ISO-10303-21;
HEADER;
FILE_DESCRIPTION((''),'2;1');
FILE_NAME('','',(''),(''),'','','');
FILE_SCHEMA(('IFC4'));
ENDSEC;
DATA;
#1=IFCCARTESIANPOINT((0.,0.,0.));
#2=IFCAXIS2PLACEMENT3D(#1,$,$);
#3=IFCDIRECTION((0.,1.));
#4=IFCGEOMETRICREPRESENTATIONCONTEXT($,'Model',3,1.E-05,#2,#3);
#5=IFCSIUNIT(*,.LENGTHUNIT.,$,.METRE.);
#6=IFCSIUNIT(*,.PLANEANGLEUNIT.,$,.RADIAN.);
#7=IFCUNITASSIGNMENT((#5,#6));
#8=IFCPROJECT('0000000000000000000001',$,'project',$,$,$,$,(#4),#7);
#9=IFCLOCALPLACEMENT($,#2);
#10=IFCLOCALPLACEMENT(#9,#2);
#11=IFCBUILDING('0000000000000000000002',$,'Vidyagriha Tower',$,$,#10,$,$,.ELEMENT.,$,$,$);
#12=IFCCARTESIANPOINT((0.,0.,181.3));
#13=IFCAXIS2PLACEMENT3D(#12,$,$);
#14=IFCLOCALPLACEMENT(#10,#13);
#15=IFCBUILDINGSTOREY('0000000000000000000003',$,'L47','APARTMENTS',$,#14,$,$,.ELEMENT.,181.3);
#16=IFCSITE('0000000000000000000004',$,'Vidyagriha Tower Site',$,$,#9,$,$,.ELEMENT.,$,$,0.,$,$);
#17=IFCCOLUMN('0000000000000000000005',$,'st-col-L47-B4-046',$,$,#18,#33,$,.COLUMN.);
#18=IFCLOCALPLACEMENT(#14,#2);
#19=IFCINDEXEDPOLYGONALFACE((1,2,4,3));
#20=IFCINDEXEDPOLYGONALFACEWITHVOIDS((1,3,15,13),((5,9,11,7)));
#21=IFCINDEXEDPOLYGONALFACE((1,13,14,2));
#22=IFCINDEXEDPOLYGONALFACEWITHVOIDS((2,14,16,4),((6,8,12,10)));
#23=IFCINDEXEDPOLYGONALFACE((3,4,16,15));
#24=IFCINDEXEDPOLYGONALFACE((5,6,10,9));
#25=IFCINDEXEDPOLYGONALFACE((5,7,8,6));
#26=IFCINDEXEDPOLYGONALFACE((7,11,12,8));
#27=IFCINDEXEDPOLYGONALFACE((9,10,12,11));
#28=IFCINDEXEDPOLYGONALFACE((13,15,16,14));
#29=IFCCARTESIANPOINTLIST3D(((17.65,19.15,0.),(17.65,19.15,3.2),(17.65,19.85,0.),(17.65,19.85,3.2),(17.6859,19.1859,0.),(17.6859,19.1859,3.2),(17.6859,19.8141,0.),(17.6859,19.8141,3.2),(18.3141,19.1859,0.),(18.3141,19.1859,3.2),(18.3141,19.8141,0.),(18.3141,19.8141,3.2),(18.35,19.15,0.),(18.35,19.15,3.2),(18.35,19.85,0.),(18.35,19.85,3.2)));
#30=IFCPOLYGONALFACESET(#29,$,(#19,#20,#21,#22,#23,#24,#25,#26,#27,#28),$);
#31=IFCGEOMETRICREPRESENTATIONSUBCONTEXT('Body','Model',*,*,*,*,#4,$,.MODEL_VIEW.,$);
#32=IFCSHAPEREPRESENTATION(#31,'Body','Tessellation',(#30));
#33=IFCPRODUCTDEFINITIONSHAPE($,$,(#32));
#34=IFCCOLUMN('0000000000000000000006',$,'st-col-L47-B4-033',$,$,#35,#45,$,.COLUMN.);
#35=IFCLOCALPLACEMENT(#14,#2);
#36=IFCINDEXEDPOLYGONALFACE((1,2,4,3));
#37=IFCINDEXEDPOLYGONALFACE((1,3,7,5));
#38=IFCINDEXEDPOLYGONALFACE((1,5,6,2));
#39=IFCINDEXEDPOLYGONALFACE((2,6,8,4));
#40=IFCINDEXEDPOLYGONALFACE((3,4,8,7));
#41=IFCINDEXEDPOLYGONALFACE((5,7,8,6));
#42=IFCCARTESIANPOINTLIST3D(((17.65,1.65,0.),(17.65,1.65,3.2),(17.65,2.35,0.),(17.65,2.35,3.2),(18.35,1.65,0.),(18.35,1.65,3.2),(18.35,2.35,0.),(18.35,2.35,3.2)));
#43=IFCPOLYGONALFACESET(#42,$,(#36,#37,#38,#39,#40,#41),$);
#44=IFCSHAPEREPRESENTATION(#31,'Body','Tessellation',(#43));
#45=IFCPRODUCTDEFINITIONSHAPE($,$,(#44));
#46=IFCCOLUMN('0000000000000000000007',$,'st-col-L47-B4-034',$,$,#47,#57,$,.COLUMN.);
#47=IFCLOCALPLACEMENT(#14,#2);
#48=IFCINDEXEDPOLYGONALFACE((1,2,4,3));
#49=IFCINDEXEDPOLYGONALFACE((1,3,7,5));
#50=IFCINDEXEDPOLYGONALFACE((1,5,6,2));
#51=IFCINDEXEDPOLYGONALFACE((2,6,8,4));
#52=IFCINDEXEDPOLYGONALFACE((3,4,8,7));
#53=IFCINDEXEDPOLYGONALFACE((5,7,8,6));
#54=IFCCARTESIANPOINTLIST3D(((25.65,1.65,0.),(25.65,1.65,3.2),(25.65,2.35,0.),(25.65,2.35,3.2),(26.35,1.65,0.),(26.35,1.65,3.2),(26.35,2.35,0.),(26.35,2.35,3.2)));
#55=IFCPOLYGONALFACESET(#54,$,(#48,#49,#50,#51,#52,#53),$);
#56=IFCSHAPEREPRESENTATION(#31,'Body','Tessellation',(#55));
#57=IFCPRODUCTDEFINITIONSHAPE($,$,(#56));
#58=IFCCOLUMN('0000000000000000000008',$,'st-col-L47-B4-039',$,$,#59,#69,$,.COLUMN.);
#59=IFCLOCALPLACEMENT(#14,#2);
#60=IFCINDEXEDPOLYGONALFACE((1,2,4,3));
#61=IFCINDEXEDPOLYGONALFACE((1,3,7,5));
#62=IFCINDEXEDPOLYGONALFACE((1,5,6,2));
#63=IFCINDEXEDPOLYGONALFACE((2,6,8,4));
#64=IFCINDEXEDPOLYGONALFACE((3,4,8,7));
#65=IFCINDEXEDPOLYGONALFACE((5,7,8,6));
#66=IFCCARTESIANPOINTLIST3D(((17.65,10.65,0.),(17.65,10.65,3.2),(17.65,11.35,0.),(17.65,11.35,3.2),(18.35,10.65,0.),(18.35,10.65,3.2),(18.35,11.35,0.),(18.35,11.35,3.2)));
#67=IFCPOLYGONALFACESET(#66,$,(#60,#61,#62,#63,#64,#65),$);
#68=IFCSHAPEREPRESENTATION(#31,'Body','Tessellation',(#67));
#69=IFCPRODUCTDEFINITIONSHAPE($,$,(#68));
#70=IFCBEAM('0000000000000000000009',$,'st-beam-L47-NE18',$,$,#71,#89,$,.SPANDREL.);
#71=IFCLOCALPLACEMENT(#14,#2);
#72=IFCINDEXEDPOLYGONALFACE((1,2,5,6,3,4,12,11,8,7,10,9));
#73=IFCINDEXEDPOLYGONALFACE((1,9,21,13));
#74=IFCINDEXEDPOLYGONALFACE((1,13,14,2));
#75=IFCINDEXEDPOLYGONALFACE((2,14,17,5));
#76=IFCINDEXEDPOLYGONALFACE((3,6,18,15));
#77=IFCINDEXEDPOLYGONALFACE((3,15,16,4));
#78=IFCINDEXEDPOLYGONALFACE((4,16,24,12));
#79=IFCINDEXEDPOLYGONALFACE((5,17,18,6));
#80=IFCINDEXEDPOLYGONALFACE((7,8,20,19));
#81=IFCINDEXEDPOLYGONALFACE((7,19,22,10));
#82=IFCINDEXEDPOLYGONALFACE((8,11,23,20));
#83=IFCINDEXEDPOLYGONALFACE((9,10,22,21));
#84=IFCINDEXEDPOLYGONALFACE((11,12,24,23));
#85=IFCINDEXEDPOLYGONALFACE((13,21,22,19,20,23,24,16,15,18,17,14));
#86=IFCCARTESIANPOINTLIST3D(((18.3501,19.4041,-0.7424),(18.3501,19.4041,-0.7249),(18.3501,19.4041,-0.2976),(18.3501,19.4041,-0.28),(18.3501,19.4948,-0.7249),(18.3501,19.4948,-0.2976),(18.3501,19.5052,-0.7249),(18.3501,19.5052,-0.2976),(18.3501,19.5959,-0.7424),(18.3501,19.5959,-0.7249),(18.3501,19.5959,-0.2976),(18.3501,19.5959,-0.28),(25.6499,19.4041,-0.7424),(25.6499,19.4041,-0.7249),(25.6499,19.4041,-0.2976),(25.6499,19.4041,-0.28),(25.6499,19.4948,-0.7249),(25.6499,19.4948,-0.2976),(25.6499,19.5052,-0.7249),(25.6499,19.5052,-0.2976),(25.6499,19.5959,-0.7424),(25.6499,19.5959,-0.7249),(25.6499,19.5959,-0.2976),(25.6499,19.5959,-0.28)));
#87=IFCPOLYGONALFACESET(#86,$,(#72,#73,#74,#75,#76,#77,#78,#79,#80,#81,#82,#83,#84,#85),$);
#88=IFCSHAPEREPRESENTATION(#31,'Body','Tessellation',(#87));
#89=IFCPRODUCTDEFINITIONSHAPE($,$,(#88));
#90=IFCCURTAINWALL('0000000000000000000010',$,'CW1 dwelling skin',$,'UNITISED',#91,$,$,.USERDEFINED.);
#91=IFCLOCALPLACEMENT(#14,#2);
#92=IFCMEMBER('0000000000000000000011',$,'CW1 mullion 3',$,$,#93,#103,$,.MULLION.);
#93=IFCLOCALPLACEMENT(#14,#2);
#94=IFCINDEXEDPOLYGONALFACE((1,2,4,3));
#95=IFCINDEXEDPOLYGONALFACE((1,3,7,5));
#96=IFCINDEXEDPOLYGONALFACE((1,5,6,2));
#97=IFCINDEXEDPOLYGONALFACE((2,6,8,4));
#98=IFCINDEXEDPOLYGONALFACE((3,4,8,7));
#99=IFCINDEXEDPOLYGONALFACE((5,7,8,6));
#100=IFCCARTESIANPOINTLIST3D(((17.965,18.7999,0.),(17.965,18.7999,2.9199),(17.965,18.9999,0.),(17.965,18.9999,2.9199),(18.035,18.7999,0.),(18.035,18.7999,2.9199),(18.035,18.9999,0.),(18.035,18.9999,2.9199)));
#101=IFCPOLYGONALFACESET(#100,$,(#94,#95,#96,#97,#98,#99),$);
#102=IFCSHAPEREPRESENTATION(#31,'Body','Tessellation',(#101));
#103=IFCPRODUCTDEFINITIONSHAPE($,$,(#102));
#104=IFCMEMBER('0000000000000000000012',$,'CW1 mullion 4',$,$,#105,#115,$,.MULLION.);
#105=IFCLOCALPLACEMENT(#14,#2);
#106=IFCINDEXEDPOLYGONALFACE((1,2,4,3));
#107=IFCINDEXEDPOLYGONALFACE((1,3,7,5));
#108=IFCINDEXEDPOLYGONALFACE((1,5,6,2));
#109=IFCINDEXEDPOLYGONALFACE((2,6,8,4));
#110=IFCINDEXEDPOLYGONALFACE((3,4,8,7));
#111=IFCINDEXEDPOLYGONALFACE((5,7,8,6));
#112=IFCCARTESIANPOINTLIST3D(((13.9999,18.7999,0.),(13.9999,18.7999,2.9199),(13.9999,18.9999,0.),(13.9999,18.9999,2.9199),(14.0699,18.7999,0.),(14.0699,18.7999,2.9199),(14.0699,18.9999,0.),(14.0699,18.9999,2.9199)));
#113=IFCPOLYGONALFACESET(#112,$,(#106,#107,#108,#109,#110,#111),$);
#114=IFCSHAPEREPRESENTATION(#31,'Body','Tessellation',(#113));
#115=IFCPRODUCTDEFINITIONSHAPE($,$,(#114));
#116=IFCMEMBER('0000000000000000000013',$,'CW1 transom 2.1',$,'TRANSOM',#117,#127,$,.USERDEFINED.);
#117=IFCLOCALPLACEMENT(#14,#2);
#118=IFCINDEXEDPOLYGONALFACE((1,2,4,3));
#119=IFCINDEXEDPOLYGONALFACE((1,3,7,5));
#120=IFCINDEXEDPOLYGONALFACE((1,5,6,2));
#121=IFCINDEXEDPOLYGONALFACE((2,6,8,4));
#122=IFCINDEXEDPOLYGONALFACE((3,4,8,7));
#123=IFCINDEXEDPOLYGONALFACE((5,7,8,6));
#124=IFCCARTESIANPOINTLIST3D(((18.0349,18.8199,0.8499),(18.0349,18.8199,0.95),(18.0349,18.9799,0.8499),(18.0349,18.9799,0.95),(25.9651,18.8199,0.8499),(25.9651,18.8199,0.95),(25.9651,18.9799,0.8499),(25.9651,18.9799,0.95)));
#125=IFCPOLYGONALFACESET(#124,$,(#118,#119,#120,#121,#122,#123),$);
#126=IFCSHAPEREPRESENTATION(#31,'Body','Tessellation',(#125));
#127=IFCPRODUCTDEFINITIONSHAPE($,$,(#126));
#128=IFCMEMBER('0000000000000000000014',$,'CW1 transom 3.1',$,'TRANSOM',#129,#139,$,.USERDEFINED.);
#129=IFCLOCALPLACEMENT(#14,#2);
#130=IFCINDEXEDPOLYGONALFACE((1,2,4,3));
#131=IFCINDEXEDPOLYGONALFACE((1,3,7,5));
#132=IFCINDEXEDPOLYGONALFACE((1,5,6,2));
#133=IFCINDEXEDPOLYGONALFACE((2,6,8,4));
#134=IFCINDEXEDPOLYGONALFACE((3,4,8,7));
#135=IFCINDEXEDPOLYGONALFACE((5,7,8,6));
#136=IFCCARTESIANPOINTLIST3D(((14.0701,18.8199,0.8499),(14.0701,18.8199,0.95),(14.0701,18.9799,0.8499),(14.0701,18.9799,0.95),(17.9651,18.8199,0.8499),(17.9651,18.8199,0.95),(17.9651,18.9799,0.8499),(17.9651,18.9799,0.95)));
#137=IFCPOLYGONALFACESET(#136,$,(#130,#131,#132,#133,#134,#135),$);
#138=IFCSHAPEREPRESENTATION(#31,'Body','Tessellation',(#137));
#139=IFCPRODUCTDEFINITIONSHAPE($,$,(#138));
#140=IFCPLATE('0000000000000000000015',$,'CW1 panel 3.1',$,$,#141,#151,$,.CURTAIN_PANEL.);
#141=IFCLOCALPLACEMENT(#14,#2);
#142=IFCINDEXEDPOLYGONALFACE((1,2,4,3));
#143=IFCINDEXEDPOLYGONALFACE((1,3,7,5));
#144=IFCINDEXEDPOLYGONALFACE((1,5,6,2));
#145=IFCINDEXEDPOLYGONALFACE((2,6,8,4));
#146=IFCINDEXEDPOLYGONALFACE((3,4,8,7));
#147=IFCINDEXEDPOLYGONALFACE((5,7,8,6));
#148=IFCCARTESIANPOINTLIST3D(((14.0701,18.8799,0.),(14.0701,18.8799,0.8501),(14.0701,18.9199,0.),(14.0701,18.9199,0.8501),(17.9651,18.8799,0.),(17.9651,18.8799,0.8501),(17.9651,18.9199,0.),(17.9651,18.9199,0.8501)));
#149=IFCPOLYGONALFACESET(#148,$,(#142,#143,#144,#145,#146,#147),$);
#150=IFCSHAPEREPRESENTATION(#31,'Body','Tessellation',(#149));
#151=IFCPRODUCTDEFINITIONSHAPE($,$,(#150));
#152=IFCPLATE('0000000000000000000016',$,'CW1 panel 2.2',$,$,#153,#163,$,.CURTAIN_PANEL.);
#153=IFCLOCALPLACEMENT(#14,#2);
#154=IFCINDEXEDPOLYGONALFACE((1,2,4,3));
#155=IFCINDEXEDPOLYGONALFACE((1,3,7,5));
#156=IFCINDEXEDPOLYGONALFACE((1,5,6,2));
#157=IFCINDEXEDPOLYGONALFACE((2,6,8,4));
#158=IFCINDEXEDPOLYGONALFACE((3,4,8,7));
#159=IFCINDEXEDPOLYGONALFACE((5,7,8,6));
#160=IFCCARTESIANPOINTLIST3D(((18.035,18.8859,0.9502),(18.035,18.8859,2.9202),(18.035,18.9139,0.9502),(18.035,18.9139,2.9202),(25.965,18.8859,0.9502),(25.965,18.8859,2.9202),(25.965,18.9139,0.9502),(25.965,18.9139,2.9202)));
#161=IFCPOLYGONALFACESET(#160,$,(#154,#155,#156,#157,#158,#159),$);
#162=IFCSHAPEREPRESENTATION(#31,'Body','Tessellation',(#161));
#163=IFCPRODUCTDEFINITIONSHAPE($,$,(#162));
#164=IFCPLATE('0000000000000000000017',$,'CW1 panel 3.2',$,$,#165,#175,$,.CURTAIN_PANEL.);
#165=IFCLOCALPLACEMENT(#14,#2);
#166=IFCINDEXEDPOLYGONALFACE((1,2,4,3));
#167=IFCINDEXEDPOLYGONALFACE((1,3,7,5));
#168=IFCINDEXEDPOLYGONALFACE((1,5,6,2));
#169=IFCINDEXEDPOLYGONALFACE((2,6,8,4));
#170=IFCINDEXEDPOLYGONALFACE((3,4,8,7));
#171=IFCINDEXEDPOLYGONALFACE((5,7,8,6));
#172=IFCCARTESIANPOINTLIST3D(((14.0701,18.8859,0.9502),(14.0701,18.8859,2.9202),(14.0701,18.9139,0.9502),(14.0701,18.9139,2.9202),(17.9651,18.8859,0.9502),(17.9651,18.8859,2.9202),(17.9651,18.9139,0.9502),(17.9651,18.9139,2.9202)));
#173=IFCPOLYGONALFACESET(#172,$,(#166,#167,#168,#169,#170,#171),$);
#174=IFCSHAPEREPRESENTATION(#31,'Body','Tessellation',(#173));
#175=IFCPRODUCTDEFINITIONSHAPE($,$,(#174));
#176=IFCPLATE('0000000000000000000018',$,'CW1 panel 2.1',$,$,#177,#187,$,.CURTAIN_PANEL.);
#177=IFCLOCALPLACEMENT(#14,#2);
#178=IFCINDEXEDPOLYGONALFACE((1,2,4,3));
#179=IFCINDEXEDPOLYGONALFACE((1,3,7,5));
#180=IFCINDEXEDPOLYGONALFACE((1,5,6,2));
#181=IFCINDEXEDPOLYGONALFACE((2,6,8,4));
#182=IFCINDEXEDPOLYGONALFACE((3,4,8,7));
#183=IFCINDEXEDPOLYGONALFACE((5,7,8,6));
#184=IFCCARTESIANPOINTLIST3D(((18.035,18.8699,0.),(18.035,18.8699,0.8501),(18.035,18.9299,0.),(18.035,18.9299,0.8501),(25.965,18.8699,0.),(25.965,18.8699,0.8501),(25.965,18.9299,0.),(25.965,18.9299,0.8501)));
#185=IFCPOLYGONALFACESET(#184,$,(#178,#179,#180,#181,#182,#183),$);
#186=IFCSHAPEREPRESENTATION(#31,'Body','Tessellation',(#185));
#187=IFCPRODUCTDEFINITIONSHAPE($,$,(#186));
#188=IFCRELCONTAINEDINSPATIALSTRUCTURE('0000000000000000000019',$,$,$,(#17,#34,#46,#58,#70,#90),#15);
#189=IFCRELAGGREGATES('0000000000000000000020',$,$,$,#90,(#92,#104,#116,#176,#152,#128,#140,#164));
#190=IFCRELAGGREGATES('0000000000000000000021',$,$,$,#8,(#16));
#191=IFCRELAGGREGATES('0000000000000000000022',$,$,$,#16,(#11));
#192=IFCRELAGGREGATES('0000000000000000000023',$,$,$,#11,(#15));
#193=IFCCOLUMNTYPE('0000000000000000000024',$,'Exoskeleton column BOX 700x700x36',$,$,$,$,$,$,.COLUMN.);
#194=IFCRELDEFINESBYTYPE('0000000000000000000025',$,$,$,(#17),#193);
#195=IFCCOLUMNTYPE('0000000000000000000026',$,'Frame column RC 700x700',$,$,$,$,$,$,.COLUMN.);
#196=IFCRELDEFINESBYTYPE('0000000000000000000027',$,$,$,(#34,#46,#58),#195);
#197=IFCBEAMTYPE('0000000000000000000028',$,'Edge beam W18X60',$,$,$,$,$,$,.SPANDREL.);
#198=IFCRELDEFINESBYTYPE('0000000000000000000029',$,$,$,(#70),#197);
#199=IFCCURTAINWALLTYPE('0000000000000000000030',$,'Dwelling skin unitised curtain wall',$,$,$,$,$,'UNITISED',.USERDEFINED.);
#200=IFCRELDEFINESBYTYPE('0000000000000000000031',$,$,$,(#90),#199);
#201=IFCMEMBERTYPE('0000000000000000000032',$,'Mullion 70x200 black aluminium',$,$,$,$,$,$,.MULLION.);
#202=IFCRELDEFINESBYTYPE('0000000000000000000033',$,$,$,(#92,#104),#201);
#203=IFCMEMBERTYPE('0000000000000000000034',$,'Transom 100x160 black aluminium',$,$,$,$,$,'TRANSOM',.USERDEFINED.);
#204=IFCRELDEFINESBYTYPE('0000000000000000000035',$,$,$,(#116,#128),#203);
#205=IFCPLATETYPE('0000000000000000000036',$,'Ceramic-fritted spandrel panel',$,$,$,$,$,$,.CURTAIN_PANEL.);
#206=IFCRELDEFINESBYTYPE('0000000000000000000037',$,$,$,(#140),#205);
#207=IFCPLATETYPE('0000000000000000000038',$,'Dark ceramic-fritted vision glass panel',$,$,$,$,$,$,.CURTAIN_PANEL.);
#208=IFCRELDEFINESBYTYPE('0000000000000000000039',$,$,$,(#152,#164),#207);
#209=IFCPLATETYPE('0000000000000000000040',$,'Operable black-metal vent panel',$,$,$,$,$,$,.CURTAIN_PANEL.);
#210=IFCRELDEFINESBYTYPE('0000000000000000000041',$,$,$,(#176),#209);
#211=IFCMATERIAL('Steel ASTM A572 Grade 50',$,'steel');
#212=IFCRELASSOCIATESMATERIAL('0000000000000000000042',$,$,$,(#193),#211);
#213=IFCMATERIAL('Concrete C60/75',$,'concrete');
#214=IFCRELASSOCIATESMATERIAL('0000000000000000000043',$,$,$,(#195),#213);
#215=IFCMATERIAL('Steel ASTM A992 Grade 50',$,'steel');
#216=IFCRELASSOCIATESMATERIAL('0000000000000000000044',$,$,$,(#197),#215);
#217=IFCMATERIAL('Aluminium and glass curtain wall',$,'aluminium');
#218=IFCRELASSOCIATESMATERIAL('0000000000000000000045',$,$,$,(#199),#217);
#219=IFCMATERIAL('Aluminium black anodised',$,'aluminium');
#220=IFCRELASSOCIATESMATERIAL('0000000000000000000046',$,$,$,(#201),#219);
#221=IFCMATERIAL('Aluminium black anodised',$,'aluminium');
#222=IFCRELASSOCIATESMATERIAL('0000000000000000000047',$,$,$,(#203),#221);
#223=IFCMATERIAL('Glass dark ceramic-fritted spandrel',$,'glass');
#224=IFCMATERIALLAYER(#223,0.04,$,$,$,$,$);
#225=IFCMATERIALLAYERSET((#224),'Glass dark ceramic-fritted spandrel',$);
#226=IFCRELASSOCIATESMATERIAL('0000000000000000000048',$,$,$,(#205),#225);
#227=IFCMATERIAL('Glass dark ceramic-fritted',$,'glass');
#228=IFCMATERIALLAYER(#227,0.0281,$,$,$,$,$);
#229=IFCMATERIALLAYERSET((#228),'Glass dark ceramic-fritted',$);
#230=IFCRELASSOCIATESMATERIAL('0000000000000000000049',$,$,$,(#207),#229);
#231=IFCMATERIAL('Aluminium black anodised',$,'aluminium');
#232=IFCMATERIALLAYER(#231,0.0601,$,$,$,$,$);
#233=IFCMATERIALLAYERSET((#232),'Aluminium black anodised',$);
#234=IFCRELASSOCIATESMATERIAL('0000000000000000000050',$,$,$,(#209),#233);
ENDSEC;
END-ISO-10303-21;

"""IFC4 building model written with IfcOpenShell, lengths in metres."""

from ifc_helpers import new_model, si_unit, direction, frame, origin, origin_2d, place, context, subcontext, project, spatial, rectangle, hollow_rectangle, i_section, extrude, material, layer, layer_set, material_profile, profile_set, type_object, element, aggregate, save


model = new_model("IFC4")

# Units and contexts
model_context = context("Model", 3, precision=1e-05, world=origin(), true_north=direction((0.0, 1.0)))
body_context = subcontext(model_context, "Body", "Model", "MODEL_VIEW")
ifc_project = project(units=[si_unit("LENGTHUNIT", "METRE"), si_unit("PLANEANGLEUNIT", "RADIAN")], contexts=[model_context])

# Site, building, storey
site_placement = place(None, origin())
site = spatial("IfcSite", under=ifc_project, at=site_placement, Name="Vidyagriha Tower Site", CompositionType="ELEMENT", RefElevation=0.0)
building_placement = place(site_placement, origin())
building = spatial("IfcBuilding", under=site, at=building_placement, Name="Vidyagriha Tower", CompositionType="ELEMENT")
storey_placement = place(building_placement, frame((0.0, 0.0, 181.3)))
storey = spatial("IfcBuildingStorey", under=building, at=storey_placement, Name="L47", Description="APARTMENTS", CompositionType="ELEMENT", Elevation=181.3)

# Columns
ifc_material_1 = material(Name="Steel ASTM A572 Grade 50", Category="steel")
ifc_material_profile_1 = material_profile(ifc_material_1, hollow_rectangle(XDim=0.7, YDim=0.7, WallThickness=0.0359, at=origin_2d()), Name="BOX 700x700x36")
ifc_profile_set_1 = profile_set([ifc_material_profile_1], Name="Steel ASTM A572 Grade 50")
column_type_1 = type_object("IfcColumnType", Name="Exoskeleton column BOX 700x700x36", PredefinedType="COLUMN", material=ifc_profile_set_1)
column_placement = place(storey_placement, frame((18.0, 19.5, 0.0)))
element("IfcColumn", 1, at=column_placement, inside=storey, type_object=column_type_1, Name="st-col-L47-B4-046", PredefinedType="COLUMN", context=body_context, shape_type="SweptSolid", body=[
    extrude(hollow_rectangle(XDim=0.7, YDim=0.7, WallThickness=0.0359, at=origin_2d()), origin(), (0.0, 0.0, 1.0), 3.2),
])
ifc_material_2 = material(Name="Concrete C60/75", Category="concrete")
ifc_material_profile_2 = material_profile(ifc_material_2, rectangle(XDim=0.7, YDim=0.7, at=origin_2d()), Name="RC 700x700")
ifc_profile_set_2 = profile_set([ifc_material_profile_2], Name="Concrete C60/75")
column_type_2 = type_object("IfcColumnType", Name="Frame column RC 700x700", PredefinedType="COLUMN", material=ifc_profile_set_2)
for number, where, name in (
    (2, (18.0, 2.0, 0.0), "st-col-L47-B4-033"),
    (3, (26.0, 2.0, 0.0), "st-col-L47-B4-034"),
    (4, (18.0, 11.0, 0.0), "st-col-L47-B4-039"),
):
    element("IfcColumn", number, at=place(storey_placement, frame(where)), inside=storey, type_object=column_type_2, Name=name, PredefinedType="COLUMN", context=body_context, shape_type="SweptSolid", body=[
        extrude(rectangle(XDim=0.7, YDim=0.7, at=origin_2d()), origin(), (0.0, 0.0, 1.0), 3.2),
    ])

# Beam
ifc_material_3 = material(Name="Steel ASTM A992 Grade 50", Category="steel")
ifc_material_profile_3 = material_profile(ifc_material_3, i_section(OverallWidth=0.1919, OverallDepth=0.4624, WebThickness=0.0105, FlangeThickness=0.0176, at=origin_2d()), Name="W18X60")
ifc_profile_set_3 = profile_set([ifc_material_profile_3], Name="Steel ASTM A992 Grade 50")
beam_type = type_object("IfcBeamType", Name="Edge beam W18X60", PredefinedType="SPANDREL", material=ifc_profile_set_3)
beam_placement = place(storey_placement, frame((18.3501, 19.5, -0.5112), z_axis=(1.0, 0.0, 0.0), x_axis=(0.0, 1.0, 0.0)))
element("IfcBeam", 5, at=beam_placement, inside=storey, type_object=beam_type, Name="st-beam-L47-NE18", PredefinedType="SPANDREL", context=body_context, shape_type="SweptSolid", body=[
    extrude(i_section(OverallWidth=0.1919, OverallDepth=0.4624, WebThickness=0.0105, FlangeThickness=0.0176, at=origin_2d()), origin(), (0.0, 0.0, 1.0), 7.2998),
])

# Curtain wall, members, plates
ifc_material_4 = material(Name="Aluminium and glass curtain wall", Category="aluminium")
curtain_wall_type = type_object("IfcCurtainWallType", Name="Dwelling skin unitised curtain wall", ElementType="UNITISED", PredefinedType="USERDEFINED", material=ifc_material_4)
curtain_wall_placement = place(storey_placement, origin())
curtain_wall = element("IfcCurtainWall", 6, at=curtain_wall_placement, inside=storey, type_object=curtain_wall_type, Name="CW1 dwelling skin", ObjectType="UNITISED", PredefinedType="USERDEFINED")
ifc_material_5 = material(Name="Aluminium black anodised", Category="aluminium")
ifc_material_profile_4 = material_profile(ifc_material_5, rectangle(XDim=0.2, YDim=0.0701, at=origin_2d()), Name="Mullion 70x200 black aluminium")
ifc_profile_set_4 = profile_set([ifc_material_profile_4], Name="Aluminium black anodised")
member_type_1 = type_object("IfcMemberType", Name="Mullion 70x200 black aluminium", PredefinedType="MULLION", material=ifc_profile_set_4)
member_1_placement = place(storey_placement, frame((18.0, 18.8999, 0.0), z_axis=(0.0, 0.0, 1.0), x_axis=(0.0, -1.0, 0.0)))
member_1 = element("IfcMember", 7, at=member_1_placement, type_object=member_type_1, Name="CW1 mullion 3", PredefinedType="MULLION", context=body_context, shape_type="SweptSolid", body=[
    extrude(rectangle(XDim=0.2, YDim=0.0701, at=origin_2d()), origin(), (0.0, 0.0, 1.0), 2.9199),
])
member_2_placement = place(storey_placement, frame((14.0349, 18.8999, 0.0), z_axis=(0.0, 0.0, 1.0), x_axis=(0.0, -1.0, 0.0)))
member_2 = element("IfcMember", 8, at=member_2_placement, type_object=member_type_1, Name="CW1 mullion 4", PredefinedType="MULLION", context=body_context, shape_type="SweptSolid", body=[
    extrude(rectangle(XDim=0.2, YDim=0.0701, at=origin_2d()), origin(), (0.0, 0.0, 1.0), 2.9199),
])
ifc_material_6 = material(Name="Aluminium black anodised", Category="aluminium")
ifc_material_profile_5 = material_profile(ifc_material_6, rectangle(XDim=0.1599, YDim=0.1001, at=origin_2d()), Name="Transom 100x160 black aluminium")
ifc_profile_set_5 = profile_set([ifc_material_profile_5], Name="Aluminium black anodised")
member_type_2 = type_object("IfcMemberType", Name="Transom 100x160 black aluminium", ElementType="TRANSOM", PredefinedType="USERDEFINED", material=ifc_profile_set_5)
member_3_placement = place(storey_placement, frame((25.9651, 18.8999, 0.8999), z_axis=(-1.0, 0.0, 0.0), x_axis=(0.0, -1.0, 0.0)))
member_3 = element("IfcMember", 9, at=member_3_placement, type_object=member_type_2, Name="CW1 transom 2.1", ObjectType="TRANSOM", PredefinedType="USERDEFINED", context=body_context, shape_type="SweptSolid", body=[
    extrude(rectangle(XDim=0.1599, YDim=0.1001, at=origin_2d()), origin(), (0.0, 0.0, 1.0), 7.9302),
])
member_4_placement = place(storey_placement, frame((17.9651, 18.8999, 0.8999), z_axis=(-1.0, 0.0, 0.0), x_axis=(0.0, -1.0, 0.0)))
member_4 = element("IfcMember", 10, at=member_4_placement, type_object=member_type_2, Name="CW1 transom 3.1", ObjectType="TRANSOM", PredefinedType="USERDEFINED", context=body_context, shape_type="SweptSolid", body=[
    extrude(rectangle(XDim=0.1599, YDim=0.1001, at=origin_2d()), origin(), (0.0, 0.0, 1.0), 3.895),
])
ifc_material_7 = material(Name="Glass dark ceramic-fritted spandrel", Category="glass")
ifc_layer_1 = layer(ifc_material_7, 0.04)
ifc_layer_set_1 = layer_set([ifc_layer_1], Name="Glass dark ceramic-fritted spandrel")
plate_type_1 = type_object("IfcPlateType", Name="Ceramic-fritted spandrel panel", PredefinedType="CURTAIN_PANEL", material=ifc_layer_set_1)
plate_1_placement = place(storey_placement, frame((16.0176, 18.8999, 0.0), z_axis=(0.0, 0.0, 1.0), x_axis=(-1.0, 0.0, 0.0)))
plate_1 = element("IfcPlate", 11, at=plate_1_placement, type_object=plate_type_1, Name="CW1 panel 3.1", PredefinedType="CURTAIN_PANEL", context=body_context, shape_type="SweptSolid", body=[
    extrude(rectangle(XDim=3.895, YDim=0.04, at=origin_2d()), origin(), (0.0, 0.0, 1.0), 0.8501),
])
ifc_material_8 = material(Name="Glass dark ceramic-fritted", Category="glass")
ifc_layer_2 = layer(ifc_material_8, 0.0281)
ifc_layer_set_2 = layer_set([ifc_layer_2], Name="Glass dark ceramic-fritted")
plate_type_2 = type_object("IfcPlateType", Name="Dark ceramic-fritted vision glass panel", PredefinedType="CURTAIN_PANEL", material=ifc_layer_set_2)
plate_2_placement = place(storey_placement, frame((22.0, 18.8999, 0.9502), z_axis=(0.0, 0.0, 1.0), x_axis=(-1.0, 0.0, 0.0)))
plate_2 = element("IfcPlate", 12, at=plate_2_placement, type_object=plate_type_2, Name="CW1 panel 2.2", PredefinedType="CURTAIN_PANEL", context=body_context, shape_type="SweptSolid", body=[
    extrude(rectangle(XDim=7.9299, YDim=0.0281, at=origin_2d()), origin(), (0.0, 0.0, 1.0), 1.97),
])
plate_3_placement = place(storey_placement, frame((16.0176, 18.8999, 0.9502), z_axis=(0.0, 0.0, 1.0), x_axis=(-1.0, 0.0, 0.0)))
plate_3 = element("IfcPlate", 13, at=plate_3_placement, type_object=plate_type_2, Name="CW1 panel 3.2", PredefinedType="CURTAIN_PANEL", context=body_context, shape_type="SweptSolid", body=[
    extrude(rectangle(XDim=3.895, YDim=0.0281, at=origin_2d()), origin(), (0.0, 0.0, 1.0), 1.97),
])
ifc_material_9 = material(Name="Aluminium black anodised", Category="aluminium")
ifc_layer_3 = layer(ifc_material_9, 0.0601)
ifc_layer_set_3 = layer_set([ifc_layer_3], Name="Aluminium black anodised")
plate_type_3 = type_object("IfcPlateType", Name="Operable black-metal vent panel", PredefinedType="CURTAIN_PANEL", material=ifc_layer_set_3)
plate_4_placement = place(storey_placement, frame((22.0, 18.8999, 0.0), z_axis=(0.0, 0.0, 1.0), x_axis=(-1.0, 0.0, 0.0)))
plate_4 = element("IfcPlate", 14, at=plate_4_placement, type_object=plate_type_3, Name="CW1 panel 2.1", PredefinedType="CURTAIN_PANEL", context=body_context, shape_type="SweptSolid", body=[
    extrude(rectangle(XDim=7.9299, YDim=0.0601, at=origin_2d()), origin(), (0.0, 0.0, 1.0), 0.8501),
])
aggregate(curtain_wall, [member_1, member_2, member_3, plate_4, plate_2, member_4, plate_1, plate_3])

save(model, "model.ifc")
